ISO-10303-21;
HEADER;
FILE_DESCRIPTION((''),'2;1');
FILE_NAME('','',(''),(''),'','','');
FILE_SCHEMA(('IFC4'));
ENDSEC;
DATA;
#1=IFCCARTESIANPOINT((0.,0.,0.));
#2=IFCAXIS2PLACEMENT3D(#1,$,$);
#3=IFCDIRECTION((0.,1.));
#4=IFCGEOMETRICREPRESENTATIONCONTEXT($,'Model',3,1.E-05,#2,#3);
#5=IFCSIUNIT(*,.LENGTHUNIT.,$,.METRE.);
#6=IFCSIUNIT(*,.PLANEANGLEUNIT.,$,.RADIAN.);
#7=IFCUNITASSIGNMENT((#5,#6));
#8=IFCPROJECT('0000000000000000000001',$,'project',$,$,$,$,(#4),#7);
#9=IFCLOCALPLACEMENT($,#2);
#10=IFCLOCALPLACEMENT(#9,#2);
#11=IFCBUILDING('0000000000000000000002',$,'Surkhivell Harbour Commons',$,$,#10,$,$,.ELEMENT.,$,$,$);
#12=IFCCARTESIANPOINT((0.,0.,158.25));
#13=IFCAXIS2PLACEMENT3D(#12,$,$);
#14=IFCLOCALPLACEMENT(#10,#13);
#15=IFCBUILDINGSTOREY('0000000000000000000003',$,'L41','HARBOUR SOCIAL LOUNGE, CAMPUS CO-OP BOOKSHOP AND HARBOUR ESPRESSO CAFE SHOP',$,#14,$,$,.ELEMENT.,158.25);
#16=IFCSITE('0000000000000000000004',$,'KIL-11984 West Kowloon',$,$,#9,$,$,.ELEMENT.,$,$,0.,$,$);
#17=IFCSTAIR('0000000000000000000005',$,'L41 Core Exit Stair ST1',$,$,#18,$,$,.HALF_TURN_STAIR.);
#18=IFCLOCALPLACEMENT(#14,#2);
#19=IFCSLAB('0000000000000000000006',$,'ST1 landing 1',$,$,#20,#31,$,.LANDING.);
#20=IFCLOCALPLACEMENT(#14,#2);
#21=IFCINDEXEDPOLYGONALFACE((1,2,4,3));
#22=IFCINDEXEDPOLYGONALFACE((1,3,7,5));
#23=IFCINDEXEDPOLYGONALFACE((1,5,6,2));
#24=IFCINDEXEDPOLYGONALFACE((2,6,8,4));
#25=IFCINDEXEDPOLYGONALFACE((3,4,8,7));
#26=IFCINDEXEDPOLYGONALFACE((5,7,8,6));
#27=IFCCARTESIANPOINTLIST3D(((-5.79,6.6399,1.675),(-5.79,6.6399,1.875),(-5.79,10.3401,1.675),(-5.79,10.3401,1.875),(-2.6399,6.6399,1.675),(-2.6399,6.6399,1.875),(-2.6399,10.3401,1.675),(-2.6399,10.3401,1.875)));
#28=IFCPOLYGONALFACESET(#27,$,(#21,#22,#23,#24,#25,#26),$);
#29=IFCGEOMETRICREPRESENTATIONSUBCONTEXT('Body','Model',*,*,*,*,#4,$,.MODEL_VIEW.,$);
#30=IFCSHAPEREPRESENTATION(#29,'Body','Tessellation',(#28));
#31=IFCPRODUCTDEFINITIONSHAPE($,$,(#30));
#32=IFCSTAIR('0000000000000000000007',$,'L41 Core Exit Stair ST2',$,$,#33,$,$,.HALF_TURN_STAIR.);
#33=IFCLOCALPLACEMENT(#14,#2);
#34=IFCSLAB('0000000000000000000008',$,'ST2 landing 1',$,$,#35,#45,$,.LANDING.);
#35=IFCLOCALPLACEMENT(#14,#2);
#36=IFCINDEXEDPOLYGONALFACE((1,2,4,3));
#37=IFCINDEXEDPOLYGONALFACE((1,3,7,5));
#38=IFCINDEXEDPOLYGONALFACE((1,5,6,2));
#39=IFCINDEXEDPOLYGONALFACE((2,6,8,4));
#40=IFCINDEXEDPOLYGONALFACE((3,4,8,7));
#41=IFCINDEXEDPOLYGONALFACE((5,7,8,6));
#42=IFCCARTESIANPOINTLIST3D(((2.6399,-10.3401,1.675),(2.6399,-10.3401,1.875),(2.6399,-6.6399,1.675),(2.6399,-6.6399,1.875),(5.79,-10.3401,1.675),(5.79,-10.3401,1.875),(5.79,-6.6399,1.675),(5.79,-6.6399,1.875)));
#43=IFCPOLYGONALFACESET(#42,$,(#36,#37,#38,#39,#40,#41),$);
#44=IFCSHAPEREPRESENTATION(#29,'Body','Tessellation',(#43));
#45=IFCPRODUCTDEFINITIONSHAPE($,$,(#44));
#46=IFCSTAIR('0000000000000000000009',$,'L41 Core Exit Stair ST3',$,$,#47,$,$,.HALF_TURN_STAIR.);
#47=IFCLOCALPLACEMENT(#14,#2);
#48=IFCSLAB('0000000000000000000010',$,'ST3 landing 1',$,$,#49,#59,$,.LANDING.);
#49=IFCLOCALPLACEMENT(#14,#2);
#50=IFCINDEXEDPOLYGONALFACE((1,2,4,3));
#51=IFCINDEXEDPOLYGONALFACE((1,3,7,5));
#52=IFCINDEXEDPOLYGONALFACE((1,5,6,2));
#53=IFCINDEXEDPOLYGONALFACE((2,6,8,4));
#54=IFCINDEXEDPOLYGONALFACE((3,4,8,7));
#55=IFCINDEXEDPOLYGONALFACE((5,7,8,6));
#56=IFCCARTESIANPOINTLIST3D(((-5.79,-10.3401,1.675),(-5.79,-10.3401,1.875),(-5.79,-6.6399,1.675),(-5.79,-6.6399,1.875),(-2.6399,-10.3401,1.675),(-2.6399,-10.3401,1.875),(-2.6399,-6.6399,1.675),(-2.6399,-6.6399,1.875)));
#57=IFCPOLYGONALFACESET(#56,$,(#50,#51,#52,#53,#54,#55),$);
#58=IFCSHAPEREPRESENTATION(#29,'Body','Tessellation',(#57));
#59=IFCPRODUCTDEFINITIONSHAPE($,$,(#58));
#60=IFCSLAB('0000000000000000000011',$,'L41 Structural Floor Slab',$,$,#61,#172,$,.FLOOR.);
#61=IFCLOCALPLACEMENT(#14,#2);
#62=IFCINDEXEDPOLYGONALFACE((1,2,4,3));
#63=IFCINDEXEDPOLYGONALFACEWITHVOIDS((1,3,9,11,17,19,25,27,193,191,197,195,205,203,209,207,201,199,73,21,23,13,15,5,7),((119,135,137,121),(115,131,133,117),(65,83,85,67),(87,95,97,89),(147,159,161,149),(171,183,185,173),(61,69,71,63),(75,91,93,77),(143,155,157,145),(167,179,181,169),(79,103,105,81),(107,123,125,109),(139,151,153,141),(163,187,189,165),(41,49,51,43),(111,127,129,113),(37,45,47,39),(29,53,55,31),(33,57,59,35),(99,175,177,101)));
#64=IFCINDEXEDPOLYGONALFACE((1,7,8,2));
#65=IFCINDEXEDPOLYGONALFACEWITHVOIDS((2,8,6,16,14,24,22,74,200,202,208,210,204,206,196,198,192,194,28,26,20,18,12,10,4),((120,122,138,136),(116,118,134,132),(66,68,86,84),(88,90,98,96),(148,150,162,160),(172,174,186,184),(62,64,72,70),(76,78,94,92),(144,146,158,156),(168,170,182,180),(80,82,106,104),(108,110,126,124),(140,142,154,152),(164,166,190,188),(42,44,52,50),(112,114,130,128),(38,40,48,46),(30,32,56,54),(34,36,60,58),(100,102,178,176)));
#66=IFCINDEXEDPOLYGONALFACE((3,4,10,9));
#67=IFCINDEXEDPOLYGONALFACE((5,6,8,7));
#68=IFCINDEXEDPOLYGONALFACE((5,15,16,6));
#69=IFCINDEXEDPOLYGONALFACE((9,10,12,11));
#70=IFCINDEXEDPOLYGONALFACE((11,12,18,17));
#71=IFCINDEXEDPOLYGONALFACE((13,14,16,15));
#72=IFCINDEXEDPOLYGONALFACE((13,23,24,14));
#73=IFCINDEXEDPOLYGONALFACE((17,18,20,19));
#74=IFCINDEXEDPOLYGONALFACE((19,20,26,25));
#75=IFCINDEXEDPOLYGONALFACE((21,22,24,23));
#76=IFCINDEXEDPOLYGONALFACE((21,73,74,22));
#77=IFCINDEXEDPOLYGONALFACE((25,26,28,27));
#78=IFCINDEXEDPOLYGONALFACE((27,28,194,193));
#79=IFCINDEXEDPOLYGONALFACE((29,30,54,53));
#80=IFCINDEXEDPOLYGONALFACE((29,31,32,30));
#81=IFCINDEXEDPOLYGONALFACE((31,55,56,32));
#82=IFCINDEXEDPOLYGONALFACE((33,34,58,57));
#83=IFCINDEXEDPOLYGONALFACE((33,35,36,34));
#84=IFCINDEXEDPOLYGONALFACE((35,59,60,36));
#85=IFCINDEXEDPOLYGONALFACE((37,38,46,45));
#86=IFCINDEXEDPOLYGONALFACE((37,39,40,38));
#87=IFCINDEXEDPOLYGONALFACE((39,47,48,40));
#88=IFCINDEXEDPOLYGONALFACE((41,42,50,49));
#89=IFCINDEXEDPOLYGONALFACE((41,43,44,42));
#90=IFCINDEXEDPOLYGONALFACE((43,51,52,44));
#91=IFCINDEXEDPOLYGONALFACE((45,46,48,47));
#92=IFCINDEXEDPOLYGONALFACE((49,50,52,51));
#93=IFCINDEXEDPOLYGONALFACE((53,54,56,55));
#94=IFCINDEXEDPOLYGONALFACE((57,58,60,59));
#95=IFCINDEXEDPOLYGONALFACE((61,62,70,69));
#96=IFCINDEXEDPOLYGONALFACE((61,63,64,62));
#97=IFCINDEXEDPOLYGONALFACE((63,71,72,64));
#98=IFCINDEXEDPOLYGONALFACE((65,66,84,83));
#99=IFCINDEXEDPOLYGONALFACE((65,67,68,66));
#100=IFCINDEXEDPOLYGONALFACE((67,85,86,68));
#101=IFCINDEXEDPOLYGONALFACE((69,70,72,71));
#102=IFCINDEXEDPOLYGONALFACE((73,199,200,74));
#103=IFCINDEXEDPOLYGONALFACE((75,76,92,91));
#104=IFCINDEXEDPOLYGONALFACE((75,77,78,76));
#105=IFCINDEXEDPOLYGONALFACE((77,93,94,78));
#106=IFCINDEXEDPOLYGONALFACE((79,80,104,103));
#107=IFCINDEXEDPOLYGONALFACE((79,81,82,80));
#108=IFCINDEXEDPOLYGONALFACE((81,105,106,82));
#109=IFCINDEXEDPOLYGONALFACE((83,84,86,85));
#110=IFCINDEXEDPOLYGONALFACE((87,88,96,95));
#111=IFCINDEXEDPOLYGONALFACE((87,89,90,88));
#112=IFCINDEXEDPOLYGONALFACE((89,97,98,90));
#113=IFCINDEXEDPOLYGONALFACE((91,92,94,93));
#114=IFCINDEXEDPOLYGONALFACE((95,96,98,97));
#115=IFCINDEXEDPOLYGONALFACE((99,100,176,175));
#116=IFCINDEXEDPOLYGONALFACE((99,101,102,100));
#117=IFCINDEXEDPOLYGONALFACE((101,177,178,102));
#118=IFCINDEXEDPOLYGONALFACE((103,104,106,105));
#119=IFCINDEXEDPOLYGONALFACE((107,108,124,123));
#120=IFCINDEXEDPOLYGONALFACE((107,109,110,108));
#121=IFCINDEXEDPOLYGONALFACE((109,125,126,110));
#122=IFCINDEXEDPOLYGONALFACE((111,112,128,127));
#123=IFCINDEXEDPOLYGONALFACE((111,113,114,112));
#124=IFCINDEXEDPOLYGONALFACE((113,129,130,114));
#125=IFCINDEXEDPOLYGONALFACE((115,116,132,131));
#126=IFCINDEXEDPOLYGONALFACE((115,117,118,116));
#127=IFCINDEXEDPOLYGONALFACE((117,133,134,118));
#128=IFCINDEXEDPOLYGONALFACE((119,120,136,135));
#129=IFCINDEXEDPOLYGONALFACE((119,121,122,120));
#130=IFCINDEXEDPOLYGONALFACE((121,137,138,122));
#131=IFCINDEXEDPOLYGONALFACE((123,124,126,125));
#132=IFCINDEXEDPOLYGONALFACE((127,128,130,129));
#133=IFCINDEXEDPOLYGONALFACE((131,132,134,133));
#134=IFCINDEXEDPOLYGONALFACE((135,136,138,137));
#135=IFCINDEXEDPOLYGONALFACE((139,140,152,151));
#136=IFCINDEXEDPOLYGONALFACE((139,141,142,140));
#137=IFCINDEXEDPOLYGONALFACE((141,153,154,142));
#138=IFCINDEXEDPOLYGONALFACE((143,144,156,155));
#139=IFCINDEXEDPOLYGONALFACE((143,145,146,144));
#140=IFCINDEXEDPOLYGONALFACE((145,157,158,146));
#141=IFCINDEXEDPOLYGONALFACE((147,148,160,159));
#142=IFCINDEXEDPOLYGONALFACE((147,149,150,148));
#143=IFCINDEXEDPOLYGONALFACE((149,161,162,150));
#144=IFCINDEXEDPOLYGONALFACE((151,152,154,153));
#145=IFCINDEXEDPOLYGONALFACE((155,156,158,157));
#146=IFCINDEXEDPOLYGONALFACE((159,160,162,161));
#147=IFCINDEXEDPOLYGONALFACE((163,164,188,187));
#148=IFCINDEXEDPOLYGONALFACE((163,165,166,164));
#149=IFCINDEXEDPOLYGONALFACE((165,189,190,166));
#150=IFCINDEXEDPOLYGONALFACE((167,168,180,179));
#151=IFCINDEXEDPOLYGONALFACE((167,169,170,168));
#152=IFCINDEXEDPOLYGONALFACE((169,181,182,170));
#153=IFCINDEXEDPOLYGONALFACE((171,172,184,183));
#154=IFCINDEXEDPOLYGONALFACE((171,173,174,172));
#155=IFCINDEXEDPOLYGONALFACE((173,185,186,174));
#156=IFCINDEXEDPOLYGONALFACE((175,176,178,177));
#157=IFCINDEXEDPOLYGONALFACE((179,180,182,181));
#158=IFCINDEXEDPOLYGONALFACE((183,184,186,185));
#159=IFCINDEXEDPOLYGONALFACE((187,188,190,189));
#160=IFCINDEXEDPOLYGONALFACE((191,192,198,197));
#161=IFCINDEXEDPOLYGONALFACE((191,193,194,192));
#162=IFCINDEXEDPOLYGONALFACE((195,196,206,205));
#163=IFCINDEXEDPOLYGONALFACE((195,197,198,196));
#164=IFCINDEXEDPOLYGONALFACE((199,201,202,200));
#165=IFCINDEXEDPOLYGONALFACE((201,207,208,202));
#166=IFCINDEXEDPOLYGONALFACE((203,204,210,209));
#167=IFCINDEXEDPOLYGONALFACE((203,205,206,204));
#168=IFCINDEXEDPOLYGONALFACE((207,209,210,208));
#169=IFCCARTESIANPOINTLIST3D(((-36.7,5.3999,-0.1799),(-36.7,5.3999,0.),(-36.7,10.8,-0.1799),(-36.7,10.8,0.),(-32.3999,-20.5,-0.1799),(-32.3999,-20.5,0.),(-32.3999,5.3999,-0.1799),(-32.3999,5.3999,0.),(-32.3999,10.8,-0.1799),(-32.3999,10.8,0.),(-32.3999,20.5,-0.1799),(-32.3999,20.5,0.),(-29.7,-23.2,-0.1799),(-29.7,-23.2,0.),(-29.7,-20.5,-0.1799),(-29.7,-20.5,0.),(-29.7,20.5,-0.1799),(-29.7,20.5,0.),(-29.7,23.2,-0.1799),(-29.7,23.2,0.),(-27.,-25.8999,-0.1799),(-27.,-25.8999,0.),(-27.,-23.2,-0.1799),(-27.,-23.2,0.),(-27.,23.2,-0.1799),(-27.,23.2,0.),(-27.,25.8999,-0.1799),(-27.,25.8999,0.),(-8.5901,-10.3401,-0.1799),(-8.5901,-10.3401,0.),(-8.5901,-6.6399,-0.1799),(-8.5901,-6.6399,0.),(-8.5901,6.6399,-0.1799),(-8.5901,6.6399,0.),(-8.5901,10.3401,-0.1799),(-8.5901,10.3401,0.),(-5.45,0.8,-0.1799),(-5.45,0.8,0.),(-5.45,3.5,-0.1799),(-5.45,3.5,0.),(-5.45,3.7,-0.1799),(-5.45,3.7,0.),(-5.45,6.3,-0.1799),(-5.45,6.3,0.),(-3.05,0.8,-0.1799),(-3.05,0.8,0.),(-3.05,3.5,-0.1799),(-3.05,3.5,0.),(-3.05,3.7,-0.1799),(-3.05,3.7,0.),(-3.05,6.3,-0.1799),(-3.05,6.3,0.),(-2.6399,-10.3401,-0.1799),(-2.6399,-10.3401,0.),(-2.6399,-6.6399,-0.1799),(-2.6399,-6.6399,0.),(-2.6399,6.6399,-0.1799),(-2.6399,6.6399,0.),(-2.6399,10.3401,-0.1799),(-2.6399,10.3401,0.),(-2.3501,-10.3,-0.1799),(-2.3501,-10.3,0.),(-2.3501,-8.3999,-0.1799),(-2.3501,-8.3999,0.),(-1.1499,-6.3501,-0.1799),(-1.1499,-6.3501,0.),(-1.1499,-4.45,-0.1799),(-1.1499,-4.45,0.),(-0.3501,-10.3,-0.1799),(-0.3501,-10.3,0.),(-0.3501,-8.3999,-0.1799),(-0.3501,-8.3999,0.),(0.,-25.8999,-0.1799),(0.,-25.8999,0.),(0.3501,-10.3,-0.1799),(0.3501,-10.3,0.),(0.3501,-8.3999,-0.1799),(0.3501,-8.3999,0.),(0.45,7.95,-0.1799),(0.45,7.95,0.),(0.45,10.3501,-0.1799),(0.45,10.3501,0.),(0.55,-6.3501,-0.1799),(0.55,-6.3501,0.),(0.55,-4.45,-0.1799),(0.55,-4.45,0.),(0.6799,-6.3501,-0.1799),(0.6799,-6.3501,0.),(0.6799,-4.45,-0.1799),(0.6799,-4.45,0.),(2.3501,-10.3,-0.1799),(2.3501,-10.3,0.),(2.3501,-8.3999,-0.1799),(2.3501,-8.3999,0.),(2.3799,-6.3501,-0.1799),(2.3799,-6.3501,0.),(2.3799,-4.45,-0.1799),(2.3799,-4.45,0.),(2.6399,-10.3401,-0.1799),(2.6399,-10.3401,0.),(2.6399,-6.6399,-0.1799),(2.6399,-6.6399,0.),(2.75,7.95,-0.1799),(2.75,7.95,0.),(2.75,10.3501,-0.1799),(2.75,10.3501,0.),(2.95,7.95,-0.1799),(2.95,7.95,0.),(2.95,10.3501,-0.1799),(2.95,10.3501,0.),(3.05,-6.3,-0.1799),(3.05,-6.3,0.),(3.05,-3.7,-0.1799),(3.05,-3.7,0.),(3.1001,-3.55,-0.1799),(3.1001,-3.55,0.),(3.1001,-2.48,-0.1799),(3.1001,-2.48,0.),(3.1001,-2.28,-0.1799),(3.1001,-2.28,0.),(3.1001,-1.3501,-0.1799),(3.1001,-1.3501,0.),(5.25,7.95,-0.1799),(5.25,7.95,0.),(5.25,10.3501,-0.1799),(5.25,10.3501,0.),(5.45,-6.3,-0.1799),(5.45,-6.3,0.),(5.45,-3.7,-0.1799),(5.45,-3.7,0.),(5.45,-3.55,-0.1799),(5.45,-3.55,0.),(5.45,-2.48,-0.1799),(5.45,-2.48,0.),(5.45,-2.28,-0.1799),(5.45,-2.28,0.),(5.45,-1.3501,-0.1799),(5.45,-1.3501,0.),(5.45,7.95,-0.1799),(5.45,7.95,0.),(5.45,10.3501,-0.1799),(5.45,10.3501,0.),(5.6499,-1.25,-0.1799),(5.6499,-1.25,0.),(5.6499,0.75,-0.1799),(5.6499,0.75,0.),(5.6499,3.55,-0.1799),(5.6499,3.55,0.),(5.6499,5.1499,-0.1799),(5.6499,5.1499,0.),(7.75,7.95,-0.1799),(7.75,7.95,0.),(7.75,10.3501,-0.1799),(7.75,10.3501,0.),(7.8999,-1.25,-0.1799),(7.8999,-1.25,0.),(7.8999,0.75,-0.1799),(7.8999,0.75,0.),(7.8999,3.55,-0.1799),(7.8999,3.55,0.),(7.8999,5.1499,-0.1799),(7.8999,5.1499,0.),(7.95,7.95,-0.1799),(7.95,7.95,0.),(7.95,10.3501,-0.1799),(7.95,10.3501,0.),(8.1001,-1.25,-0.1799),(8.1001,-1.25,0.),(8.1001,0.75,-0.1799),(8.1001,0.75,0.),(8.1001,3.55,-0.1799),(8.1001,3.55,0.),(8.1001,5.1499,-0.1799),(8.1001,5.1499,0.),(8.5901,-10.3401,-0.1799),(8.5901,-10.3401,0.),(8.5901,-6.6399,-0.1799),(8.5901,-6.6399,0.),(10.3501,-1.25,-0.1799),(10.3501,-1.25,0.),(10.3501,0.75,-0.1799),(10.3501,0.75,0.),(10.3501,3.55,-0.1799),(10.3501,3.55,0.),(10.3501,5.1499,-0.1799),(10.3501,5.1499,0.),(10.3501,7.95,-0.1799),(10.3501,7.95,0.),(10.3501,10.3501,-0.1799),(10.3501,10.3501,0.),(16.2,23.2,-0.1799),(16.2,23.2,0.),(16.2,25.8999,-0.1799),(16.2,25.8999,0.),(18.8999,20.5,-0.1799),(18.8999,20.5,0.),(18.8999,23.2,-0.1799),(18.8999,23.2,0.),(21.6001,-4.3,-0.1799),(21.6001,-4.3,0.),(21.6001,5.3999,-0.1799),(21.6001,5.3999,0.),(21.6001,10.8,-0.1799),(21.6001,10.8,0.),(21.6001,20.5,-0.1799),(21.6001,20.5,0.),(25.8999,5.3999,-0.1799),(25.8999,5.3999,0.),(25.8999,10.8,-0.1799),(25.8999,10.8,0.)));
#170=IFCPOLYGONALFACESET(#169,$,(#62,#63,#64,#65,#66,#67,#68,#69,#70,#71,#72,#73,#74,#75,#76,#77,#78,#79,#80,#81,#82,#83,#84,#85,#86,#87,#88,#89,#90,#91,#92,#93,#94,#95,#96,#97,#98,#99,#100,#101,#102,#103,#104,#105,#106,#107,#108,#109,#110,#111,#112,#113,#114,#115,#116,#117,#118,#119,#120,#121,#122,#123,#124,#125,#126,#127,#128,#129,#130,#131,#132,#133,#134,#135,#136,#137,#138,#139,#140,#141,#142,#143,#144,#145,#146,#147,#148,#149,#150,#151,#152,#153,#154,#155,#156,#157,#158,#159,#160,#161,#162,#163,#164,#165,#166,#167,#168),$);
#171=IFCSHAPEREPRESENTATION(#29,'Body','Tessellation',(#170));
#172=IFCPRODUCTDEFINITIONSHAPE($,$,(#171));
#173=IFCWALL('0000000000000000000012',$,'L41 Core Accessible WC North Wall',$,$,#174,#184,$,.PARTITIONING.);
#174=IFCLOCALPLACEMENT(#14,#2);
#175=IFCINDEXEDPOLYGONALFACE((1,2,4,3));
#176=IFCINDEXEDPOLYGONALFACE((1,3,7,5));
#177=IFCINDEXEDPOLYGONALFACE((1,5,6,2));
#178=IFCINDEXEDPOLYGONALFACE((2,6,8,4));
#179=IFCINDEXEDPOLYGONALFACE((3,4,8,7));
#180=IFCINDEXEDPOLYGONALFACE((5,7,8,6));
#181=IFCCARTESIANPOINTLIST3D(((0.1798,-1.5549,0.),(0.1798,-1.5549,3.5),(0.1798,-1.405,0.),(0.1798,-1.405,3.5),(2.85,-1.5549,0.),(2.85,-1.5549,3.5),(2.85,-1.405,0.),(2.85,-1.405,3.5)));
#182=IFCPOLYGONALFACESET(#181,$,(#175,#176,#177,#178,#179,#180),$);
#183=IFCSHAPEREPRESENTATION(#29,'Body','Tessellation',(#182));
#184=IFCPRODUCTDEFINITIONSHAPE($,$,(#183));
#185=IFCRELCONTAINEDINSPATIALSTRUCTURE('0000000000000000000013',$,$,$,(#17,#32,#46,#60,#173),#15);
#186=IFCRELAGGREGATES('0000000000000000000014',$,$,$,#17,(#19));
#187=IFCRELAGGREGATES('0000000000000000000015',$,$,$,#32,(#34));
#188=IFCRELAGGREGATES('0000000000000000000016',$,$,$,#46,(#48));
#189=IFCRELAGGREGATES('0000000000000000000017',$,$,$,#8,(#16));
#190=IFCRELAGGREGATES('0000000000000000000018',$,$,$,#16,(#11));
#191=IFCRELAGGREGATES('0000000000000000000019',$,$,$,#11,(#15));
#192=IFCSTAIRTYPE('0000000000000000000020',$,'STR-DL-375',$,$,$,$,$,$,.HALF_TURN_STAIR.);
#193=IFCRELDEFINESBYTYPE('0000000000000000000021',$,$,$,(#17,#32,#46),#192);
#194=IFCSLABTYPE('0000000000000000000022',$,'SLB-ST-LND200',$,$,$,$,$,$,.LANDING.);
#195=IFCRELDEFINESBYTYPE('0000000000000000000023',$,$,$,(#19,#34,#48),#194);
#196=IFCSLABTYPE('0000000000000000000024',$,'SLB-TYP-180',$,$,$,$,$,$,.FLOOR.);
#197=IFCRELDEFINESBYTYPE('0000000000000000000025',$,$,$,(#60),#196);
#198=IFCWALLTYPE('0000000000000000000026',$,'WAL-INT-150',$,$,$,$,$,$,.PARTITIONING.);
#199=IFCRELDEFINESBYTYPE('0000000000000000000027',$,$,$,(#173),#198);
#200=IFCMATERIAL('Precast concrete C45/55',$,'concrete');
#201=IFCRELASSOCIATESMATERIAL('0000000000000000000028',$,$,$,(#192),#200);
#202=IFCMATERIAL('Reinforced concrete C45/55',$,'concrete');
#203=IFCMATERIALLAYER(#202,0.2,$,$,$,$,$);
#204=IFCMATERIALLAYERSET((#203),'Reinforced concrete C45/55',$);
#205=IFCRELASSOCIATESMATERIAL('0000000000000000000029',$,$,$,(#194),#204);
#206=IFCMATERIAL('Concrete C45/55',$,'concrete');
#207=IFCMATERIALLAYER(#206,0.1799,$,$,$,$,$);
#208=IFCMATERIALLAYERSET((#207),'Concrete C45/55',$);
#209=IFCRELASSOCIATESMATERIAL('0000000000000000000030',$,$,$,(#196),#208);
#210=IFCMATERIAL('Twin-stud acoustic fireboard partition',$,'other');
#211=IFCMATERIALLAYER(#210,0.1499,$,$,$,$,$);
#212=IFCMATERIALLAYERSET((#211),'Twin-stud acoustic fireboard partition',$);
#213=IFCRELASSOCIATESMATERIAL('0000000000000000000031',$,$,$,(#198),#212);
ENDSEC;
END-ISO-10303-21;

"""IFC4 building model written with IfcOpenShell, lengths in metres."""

from ifc_helpers import new_model, si_unit, direction, frame, frame_2d, origin, place, context, subcontext, project, spatial, polyline, rectangle, outline, extrude, material, layer, layer_set, type_object, element, aggregate, save


model = new_model("IFC4")

# Units and contexts
model_context = context("Model", 3, precision=1e-05, world=origin(), true_north=direction((0.0, 1.0)))
body_context = subcontext(model_context, "Body", "Model", "MODEL_VIEW")
ifc_project = project(units=[si_unit("LENGTHUNIT", "METRE"), si_unit("PLANEANGLEUNIT", "RADIAN")], contexts=[model_context])

# Site, building, storey
site_placement = place(None, origin())
site = spatial("IfcSite", under=ifc_project, at=site_placement, Name="KIL-11984 West Kowloon", CompositionType="ELEMENT", RefElevation=0.0)
building_placement = place(site_placement, origin())
building = spatial("IfcBuilding", under=site, at=building_placement, Name="Surkhivell Harbour Commons", CompositionType="ELEMENT")
storey_placement = place(building_placement, frame((0.0, 0.0, 158.25)))
storey = spatial("IfcBuildingStorey", under=building, at=storey_placement, Name="L41", Description="HARBOUR SOCIAL LOUNGE, CAMPUS CO-OP BOOKSHOP AND HARBOUR ESPRESSO CAFE SHOP", CompositionType="ELEMENT", Elevation=158.25)

# Stairs, slabs
ifc_material_1 = material(Name="Precast concrete C45/55", Category="concrete")
stair_type = type_object("IfcStairType", Name="STR-DL-375", PredefinedType="HALF_TURN_STAIR", material=ifc_material_1)
stair_1_placement = place(storey_placement, origin())
stair_1 = element("IfcStair", 1, at=stair_1_placement, inside=storey, type_object=stair_type, Name="L41 Core Exit Stair ST1", PredefinedType="HALF_TURN_STAIR")
ifc_material_2 = material(Name="Reinforced concrete C45/55", Category="concrete")
ifc_layer_1 = layer(ifc_material_2, 0.2)
ifc_layer_set_1 = layer_set([ifc_layer_1], Name="Reinforced concrete C45/55")
slab_type_1 = type_object("IfcSlabType", Name="SLB-ST-LND200", PredefinedType="LANDING", material=ifc_layer_set_1)
slab_1_placement = place(storey_placement, frame((0.0, 0.0, 1.675)))
slab_1 = element("IfcSlab", 2, at=slab_1_placement, type_object=slab_type_1, Name="ST1 landing 1", PredefinedType="LANDING", context=body_context, shape_type="SweptSolid", body=[
    extrude(outline(polyline([(-5.79, 6.6399), (-2.6399, 6.6399), (-2.6399, 10.3401), (-5.79, 10.3401), (-5.79, 6.6399)])), origin(), (0.0, 0.0, 1.0), 0.2),
])
aggregate(stair_1, [slab_1])
stair_2_placement = place(storey_placement, origin())
stair_2 = element("IfcStair", 3, at=stair_2_placement, inside=storey, type_object=stair_type, Name="L41 Core Exit Stair ST2", PredefinedType="HALF_TURN_STAIR")
slab_2_placement = place(storey_placement, frame((0.0, 0.0, 1.675)))
slab_2 = element("IfcSlab", 4, at=slab_2_placement, type_object=slab_type_1, Name="ST2 landing 1", PredefinedType="LANDING", context=body_context, shape_type="SweptSolid", body=[
    extrude(outline(polyline([(5.79, -6.6399), (2.6399, -6.6399), (2.6399, -10.3401), (5.79, -10.3401), (5.79, -6.6399)])), origin(), (0.0, 0.0, 1.0), 0.2),
])
aggregate(stair_2, [slab_2])
stair_3_placement = place(storey_placement, origin())
stair_3 = element("IfcStair", 5, at=stair_3_placement, inside=storey, type_object=stair_type, Name="L41 Core Exit Stair ST3", PredefinedType="HALF_TURN_STAIR")
slab_3_placement = place(storey_placement, frame((0.0, 0.0, 1.675)))
slab_3 = element("IfcSlab", 6, at=slab_3_placement, type_object=slab_type_1, Name="ST3 landing 1", PredefinedType="LANDING", context=body_context, shape_type="SweptSolid", body=[
    extrude(outline(polyline([(-5.79, -10.3401), (-2.6399, -10.3401), (-2.6399, -6.6399), (-5.79, -6.6399), (-5.79, -10.3401)])), origin(), (0.0, 0.0, 1.0), 0.2),
])
aggregate(stair_3, [slab_3])

# Slab
ifc_material_3 = material(Name="Concrete C45/55", Category="concrete")
ifc_layer_2 = layer(ifc_material_3, 0.1799)
ifc_layer_set_2 = layer_set([ifc_layer_2], Name="Concrete C45/55")
slab_type_2 = type_object("IfcSlabType", Name="SLB-TYP-180", PredefinedType="FLOOR", material=ifc_layer_set_2)
slab_4_placement = place(storey_placement, frame((0.0, 0.0, -0.1799)))
element("IfcSlab", 7, at=slab_4_placement, inside=storey, type_object=slab_type_2, Name="L41 Structural Floor Slab", PredefinedType="FLOOR", context=body_context, shape_type="SweptSolid", body=[
    extrude(outline(polyline([(-32.3999, 20.5), (-32.3999, 10.8), (-36.7, 10.8), (-36.7, 5.3999), (-32.3999, 5.3999), (-32.3999, -20.5), (-29.7, -20.5), (-29.7, -23.2), (-27.0, -23.2), (-27.0, -25.8999), (0.0, -25.8999), (21.6001, -4.3), (21.6001, 5.3999), (25.8999, 5.3999), (25.8999, 10.8), (21.6001, 10.8), (21.6001, 20.5), (18.8999, 20.5), (18.8999, 23.2), (16.2, 23.2), (16.2, 25.8999), (-27.0, 25.8999), (-27.0, 23.2), (-29.7, 23.2), (-29.7, 20.5), (-32.3999, 20.5)]), holes=[polyline([(-8.5901, 6.6399), (-2.6399, 6.6399), (-2.6399, 10.3401), (-8.5901, 10.3401), (-8.5901, 6.6399)]), polyline([(8.5901, -6.6399), (2.6399, -6.6399), (2.6399, -10.3401), (8.5901, -10.3401), (8.5901, -6.6399)]), polyline([(-8.5901, -10.3401), (-2.6399, -10.3401), (-2.6399, -6.6399), (-8.5901, -6.6399), (-8.5901, -10.3401)]), polyline([(0.45, 7.95), (2.75, 7.95), (2.75, 10.3501), (0.45, 10.3501), (0.45, 7.95)]), polyline([(2.95, 7.95), (5.25, 7.95), (5.25, 10.3501), (2.95, 10.3501), (2.95, 7.95)]), polyline([(5.45, 7.95), (7.75, 7.95), (7.75, 10.3501), (5.45, 10.3501), (5.45, 7.95)]), polyline([(7.95, 7.95), (10.3501, 7.95), (10.3501, 10.3501), (7.95, 10.3501), (7.95, 7.95)]), polyline([(5.6499, 3.55), (7.8999, 3.55), (7.8999, 5.1499), (5.6499, 5.1499), (5.6499, 3.55)]), polyline([(8.1001, 3.55), (10.3501, 3.55), (10.3501, 5.1499), (8.1001, 5.1499), (8.1001, 3.55)]), polyline([(5.6499, -1.25), (7.8999, -1.25), (7.8999, 0.75), (5.6499, 0.75), (5.6499, -1.25)]), polyline([(8.1001, -1.25), (10.3501, -1.25), (10.3501, 0.75), (8.1001, 0.75), (8.1001, -1.25)]), polyline([(-1.1499, -6.3501), (0.55, -6.3501), (0.55, -4.45), (-1.1499, -4.45), (-1.1499, -6.3501)]), polyline([(0.6799, -6.3501), (2.3799, -6.3501), (2.3799, -4.45), (0.6799, -4.45), (0.6799, -6.3501)]), polyline([(-2.3501, -10.3), (-0.3501, -10.3), (-0.3501, -8.3999), (-2.3501, -8.3999), (-2.3501, -10.3)]), polyline([(0.3501, -10.3), (2.3501, -10.3), (2.3501, -8.3999), (0.3501, -8.3999), (0.3501, -10.3)]), polyline([(-5.45, 3.7), (-3.05, 3.7), (-3.05, 6.3), (-5.45, 6.3), (-5.45, 3.7)]), polyline([(3.05, -6.3), (5.45, -6.3), (5.45, -3.7), (3.05, -3.7), (3.05, -6.3)]), polyline([(-5.45, 0.8), (-3.05, 0.8), (-3.05, 3.5), (-5.45, 3.5), (-5.45, 0.8)]), polyline([(3.1001, -3.55), (5.45, -3.55), (5.45, -2.48), (3.1001, -2.48), (3.1001, -3.55)]), polyline([(3.1001, -2.28), (5.45, -2.28), (5.45, -1.3501), (3.1001, -1.3501), (3.1001, -2.28)])]), origin(), (0.0, 0.0, 1.0), 0.1799),
])

# Wall
ifc_material_4 = material(Name="Twin-stud acoustic fireboard partition", Category="other")
ifc_layer_3 = layer(ifc_material_4, 0.1499)
ifc_layer_set_3 = layer_set([ifc_layer_3], Name="Twin-stud acoustic fireboard partition")
wall_type_1 = type_object("IfcWallType", Name="WAL-INT-150", PredefinedType="PARTITIONING", material=ifc_layer_set_3)
wall_1_placement = place(storey_placement, frame((0.1799, -1.48, 0.0), z_axis=(0.0, 0.0, 1.0), x_axis=(1.0, 0.0, 0.0)))
element("IfcWall", 8, at=wall_1_placement, inside=storey, type_object=wall_type_1, Name="L41 Core Accessible WC North Wall", PredefinedType="PARTITIONING", context=body_context, shape_type="SweptSolid", body=[
    extrude(rectangle(XDim=2.6702, YDim=0.1499, at=frame_2d((1.335, 0.0))), origin(), (0.0, 0.0, 1.0), 3.5),
])

save(model, "model.ifc")
